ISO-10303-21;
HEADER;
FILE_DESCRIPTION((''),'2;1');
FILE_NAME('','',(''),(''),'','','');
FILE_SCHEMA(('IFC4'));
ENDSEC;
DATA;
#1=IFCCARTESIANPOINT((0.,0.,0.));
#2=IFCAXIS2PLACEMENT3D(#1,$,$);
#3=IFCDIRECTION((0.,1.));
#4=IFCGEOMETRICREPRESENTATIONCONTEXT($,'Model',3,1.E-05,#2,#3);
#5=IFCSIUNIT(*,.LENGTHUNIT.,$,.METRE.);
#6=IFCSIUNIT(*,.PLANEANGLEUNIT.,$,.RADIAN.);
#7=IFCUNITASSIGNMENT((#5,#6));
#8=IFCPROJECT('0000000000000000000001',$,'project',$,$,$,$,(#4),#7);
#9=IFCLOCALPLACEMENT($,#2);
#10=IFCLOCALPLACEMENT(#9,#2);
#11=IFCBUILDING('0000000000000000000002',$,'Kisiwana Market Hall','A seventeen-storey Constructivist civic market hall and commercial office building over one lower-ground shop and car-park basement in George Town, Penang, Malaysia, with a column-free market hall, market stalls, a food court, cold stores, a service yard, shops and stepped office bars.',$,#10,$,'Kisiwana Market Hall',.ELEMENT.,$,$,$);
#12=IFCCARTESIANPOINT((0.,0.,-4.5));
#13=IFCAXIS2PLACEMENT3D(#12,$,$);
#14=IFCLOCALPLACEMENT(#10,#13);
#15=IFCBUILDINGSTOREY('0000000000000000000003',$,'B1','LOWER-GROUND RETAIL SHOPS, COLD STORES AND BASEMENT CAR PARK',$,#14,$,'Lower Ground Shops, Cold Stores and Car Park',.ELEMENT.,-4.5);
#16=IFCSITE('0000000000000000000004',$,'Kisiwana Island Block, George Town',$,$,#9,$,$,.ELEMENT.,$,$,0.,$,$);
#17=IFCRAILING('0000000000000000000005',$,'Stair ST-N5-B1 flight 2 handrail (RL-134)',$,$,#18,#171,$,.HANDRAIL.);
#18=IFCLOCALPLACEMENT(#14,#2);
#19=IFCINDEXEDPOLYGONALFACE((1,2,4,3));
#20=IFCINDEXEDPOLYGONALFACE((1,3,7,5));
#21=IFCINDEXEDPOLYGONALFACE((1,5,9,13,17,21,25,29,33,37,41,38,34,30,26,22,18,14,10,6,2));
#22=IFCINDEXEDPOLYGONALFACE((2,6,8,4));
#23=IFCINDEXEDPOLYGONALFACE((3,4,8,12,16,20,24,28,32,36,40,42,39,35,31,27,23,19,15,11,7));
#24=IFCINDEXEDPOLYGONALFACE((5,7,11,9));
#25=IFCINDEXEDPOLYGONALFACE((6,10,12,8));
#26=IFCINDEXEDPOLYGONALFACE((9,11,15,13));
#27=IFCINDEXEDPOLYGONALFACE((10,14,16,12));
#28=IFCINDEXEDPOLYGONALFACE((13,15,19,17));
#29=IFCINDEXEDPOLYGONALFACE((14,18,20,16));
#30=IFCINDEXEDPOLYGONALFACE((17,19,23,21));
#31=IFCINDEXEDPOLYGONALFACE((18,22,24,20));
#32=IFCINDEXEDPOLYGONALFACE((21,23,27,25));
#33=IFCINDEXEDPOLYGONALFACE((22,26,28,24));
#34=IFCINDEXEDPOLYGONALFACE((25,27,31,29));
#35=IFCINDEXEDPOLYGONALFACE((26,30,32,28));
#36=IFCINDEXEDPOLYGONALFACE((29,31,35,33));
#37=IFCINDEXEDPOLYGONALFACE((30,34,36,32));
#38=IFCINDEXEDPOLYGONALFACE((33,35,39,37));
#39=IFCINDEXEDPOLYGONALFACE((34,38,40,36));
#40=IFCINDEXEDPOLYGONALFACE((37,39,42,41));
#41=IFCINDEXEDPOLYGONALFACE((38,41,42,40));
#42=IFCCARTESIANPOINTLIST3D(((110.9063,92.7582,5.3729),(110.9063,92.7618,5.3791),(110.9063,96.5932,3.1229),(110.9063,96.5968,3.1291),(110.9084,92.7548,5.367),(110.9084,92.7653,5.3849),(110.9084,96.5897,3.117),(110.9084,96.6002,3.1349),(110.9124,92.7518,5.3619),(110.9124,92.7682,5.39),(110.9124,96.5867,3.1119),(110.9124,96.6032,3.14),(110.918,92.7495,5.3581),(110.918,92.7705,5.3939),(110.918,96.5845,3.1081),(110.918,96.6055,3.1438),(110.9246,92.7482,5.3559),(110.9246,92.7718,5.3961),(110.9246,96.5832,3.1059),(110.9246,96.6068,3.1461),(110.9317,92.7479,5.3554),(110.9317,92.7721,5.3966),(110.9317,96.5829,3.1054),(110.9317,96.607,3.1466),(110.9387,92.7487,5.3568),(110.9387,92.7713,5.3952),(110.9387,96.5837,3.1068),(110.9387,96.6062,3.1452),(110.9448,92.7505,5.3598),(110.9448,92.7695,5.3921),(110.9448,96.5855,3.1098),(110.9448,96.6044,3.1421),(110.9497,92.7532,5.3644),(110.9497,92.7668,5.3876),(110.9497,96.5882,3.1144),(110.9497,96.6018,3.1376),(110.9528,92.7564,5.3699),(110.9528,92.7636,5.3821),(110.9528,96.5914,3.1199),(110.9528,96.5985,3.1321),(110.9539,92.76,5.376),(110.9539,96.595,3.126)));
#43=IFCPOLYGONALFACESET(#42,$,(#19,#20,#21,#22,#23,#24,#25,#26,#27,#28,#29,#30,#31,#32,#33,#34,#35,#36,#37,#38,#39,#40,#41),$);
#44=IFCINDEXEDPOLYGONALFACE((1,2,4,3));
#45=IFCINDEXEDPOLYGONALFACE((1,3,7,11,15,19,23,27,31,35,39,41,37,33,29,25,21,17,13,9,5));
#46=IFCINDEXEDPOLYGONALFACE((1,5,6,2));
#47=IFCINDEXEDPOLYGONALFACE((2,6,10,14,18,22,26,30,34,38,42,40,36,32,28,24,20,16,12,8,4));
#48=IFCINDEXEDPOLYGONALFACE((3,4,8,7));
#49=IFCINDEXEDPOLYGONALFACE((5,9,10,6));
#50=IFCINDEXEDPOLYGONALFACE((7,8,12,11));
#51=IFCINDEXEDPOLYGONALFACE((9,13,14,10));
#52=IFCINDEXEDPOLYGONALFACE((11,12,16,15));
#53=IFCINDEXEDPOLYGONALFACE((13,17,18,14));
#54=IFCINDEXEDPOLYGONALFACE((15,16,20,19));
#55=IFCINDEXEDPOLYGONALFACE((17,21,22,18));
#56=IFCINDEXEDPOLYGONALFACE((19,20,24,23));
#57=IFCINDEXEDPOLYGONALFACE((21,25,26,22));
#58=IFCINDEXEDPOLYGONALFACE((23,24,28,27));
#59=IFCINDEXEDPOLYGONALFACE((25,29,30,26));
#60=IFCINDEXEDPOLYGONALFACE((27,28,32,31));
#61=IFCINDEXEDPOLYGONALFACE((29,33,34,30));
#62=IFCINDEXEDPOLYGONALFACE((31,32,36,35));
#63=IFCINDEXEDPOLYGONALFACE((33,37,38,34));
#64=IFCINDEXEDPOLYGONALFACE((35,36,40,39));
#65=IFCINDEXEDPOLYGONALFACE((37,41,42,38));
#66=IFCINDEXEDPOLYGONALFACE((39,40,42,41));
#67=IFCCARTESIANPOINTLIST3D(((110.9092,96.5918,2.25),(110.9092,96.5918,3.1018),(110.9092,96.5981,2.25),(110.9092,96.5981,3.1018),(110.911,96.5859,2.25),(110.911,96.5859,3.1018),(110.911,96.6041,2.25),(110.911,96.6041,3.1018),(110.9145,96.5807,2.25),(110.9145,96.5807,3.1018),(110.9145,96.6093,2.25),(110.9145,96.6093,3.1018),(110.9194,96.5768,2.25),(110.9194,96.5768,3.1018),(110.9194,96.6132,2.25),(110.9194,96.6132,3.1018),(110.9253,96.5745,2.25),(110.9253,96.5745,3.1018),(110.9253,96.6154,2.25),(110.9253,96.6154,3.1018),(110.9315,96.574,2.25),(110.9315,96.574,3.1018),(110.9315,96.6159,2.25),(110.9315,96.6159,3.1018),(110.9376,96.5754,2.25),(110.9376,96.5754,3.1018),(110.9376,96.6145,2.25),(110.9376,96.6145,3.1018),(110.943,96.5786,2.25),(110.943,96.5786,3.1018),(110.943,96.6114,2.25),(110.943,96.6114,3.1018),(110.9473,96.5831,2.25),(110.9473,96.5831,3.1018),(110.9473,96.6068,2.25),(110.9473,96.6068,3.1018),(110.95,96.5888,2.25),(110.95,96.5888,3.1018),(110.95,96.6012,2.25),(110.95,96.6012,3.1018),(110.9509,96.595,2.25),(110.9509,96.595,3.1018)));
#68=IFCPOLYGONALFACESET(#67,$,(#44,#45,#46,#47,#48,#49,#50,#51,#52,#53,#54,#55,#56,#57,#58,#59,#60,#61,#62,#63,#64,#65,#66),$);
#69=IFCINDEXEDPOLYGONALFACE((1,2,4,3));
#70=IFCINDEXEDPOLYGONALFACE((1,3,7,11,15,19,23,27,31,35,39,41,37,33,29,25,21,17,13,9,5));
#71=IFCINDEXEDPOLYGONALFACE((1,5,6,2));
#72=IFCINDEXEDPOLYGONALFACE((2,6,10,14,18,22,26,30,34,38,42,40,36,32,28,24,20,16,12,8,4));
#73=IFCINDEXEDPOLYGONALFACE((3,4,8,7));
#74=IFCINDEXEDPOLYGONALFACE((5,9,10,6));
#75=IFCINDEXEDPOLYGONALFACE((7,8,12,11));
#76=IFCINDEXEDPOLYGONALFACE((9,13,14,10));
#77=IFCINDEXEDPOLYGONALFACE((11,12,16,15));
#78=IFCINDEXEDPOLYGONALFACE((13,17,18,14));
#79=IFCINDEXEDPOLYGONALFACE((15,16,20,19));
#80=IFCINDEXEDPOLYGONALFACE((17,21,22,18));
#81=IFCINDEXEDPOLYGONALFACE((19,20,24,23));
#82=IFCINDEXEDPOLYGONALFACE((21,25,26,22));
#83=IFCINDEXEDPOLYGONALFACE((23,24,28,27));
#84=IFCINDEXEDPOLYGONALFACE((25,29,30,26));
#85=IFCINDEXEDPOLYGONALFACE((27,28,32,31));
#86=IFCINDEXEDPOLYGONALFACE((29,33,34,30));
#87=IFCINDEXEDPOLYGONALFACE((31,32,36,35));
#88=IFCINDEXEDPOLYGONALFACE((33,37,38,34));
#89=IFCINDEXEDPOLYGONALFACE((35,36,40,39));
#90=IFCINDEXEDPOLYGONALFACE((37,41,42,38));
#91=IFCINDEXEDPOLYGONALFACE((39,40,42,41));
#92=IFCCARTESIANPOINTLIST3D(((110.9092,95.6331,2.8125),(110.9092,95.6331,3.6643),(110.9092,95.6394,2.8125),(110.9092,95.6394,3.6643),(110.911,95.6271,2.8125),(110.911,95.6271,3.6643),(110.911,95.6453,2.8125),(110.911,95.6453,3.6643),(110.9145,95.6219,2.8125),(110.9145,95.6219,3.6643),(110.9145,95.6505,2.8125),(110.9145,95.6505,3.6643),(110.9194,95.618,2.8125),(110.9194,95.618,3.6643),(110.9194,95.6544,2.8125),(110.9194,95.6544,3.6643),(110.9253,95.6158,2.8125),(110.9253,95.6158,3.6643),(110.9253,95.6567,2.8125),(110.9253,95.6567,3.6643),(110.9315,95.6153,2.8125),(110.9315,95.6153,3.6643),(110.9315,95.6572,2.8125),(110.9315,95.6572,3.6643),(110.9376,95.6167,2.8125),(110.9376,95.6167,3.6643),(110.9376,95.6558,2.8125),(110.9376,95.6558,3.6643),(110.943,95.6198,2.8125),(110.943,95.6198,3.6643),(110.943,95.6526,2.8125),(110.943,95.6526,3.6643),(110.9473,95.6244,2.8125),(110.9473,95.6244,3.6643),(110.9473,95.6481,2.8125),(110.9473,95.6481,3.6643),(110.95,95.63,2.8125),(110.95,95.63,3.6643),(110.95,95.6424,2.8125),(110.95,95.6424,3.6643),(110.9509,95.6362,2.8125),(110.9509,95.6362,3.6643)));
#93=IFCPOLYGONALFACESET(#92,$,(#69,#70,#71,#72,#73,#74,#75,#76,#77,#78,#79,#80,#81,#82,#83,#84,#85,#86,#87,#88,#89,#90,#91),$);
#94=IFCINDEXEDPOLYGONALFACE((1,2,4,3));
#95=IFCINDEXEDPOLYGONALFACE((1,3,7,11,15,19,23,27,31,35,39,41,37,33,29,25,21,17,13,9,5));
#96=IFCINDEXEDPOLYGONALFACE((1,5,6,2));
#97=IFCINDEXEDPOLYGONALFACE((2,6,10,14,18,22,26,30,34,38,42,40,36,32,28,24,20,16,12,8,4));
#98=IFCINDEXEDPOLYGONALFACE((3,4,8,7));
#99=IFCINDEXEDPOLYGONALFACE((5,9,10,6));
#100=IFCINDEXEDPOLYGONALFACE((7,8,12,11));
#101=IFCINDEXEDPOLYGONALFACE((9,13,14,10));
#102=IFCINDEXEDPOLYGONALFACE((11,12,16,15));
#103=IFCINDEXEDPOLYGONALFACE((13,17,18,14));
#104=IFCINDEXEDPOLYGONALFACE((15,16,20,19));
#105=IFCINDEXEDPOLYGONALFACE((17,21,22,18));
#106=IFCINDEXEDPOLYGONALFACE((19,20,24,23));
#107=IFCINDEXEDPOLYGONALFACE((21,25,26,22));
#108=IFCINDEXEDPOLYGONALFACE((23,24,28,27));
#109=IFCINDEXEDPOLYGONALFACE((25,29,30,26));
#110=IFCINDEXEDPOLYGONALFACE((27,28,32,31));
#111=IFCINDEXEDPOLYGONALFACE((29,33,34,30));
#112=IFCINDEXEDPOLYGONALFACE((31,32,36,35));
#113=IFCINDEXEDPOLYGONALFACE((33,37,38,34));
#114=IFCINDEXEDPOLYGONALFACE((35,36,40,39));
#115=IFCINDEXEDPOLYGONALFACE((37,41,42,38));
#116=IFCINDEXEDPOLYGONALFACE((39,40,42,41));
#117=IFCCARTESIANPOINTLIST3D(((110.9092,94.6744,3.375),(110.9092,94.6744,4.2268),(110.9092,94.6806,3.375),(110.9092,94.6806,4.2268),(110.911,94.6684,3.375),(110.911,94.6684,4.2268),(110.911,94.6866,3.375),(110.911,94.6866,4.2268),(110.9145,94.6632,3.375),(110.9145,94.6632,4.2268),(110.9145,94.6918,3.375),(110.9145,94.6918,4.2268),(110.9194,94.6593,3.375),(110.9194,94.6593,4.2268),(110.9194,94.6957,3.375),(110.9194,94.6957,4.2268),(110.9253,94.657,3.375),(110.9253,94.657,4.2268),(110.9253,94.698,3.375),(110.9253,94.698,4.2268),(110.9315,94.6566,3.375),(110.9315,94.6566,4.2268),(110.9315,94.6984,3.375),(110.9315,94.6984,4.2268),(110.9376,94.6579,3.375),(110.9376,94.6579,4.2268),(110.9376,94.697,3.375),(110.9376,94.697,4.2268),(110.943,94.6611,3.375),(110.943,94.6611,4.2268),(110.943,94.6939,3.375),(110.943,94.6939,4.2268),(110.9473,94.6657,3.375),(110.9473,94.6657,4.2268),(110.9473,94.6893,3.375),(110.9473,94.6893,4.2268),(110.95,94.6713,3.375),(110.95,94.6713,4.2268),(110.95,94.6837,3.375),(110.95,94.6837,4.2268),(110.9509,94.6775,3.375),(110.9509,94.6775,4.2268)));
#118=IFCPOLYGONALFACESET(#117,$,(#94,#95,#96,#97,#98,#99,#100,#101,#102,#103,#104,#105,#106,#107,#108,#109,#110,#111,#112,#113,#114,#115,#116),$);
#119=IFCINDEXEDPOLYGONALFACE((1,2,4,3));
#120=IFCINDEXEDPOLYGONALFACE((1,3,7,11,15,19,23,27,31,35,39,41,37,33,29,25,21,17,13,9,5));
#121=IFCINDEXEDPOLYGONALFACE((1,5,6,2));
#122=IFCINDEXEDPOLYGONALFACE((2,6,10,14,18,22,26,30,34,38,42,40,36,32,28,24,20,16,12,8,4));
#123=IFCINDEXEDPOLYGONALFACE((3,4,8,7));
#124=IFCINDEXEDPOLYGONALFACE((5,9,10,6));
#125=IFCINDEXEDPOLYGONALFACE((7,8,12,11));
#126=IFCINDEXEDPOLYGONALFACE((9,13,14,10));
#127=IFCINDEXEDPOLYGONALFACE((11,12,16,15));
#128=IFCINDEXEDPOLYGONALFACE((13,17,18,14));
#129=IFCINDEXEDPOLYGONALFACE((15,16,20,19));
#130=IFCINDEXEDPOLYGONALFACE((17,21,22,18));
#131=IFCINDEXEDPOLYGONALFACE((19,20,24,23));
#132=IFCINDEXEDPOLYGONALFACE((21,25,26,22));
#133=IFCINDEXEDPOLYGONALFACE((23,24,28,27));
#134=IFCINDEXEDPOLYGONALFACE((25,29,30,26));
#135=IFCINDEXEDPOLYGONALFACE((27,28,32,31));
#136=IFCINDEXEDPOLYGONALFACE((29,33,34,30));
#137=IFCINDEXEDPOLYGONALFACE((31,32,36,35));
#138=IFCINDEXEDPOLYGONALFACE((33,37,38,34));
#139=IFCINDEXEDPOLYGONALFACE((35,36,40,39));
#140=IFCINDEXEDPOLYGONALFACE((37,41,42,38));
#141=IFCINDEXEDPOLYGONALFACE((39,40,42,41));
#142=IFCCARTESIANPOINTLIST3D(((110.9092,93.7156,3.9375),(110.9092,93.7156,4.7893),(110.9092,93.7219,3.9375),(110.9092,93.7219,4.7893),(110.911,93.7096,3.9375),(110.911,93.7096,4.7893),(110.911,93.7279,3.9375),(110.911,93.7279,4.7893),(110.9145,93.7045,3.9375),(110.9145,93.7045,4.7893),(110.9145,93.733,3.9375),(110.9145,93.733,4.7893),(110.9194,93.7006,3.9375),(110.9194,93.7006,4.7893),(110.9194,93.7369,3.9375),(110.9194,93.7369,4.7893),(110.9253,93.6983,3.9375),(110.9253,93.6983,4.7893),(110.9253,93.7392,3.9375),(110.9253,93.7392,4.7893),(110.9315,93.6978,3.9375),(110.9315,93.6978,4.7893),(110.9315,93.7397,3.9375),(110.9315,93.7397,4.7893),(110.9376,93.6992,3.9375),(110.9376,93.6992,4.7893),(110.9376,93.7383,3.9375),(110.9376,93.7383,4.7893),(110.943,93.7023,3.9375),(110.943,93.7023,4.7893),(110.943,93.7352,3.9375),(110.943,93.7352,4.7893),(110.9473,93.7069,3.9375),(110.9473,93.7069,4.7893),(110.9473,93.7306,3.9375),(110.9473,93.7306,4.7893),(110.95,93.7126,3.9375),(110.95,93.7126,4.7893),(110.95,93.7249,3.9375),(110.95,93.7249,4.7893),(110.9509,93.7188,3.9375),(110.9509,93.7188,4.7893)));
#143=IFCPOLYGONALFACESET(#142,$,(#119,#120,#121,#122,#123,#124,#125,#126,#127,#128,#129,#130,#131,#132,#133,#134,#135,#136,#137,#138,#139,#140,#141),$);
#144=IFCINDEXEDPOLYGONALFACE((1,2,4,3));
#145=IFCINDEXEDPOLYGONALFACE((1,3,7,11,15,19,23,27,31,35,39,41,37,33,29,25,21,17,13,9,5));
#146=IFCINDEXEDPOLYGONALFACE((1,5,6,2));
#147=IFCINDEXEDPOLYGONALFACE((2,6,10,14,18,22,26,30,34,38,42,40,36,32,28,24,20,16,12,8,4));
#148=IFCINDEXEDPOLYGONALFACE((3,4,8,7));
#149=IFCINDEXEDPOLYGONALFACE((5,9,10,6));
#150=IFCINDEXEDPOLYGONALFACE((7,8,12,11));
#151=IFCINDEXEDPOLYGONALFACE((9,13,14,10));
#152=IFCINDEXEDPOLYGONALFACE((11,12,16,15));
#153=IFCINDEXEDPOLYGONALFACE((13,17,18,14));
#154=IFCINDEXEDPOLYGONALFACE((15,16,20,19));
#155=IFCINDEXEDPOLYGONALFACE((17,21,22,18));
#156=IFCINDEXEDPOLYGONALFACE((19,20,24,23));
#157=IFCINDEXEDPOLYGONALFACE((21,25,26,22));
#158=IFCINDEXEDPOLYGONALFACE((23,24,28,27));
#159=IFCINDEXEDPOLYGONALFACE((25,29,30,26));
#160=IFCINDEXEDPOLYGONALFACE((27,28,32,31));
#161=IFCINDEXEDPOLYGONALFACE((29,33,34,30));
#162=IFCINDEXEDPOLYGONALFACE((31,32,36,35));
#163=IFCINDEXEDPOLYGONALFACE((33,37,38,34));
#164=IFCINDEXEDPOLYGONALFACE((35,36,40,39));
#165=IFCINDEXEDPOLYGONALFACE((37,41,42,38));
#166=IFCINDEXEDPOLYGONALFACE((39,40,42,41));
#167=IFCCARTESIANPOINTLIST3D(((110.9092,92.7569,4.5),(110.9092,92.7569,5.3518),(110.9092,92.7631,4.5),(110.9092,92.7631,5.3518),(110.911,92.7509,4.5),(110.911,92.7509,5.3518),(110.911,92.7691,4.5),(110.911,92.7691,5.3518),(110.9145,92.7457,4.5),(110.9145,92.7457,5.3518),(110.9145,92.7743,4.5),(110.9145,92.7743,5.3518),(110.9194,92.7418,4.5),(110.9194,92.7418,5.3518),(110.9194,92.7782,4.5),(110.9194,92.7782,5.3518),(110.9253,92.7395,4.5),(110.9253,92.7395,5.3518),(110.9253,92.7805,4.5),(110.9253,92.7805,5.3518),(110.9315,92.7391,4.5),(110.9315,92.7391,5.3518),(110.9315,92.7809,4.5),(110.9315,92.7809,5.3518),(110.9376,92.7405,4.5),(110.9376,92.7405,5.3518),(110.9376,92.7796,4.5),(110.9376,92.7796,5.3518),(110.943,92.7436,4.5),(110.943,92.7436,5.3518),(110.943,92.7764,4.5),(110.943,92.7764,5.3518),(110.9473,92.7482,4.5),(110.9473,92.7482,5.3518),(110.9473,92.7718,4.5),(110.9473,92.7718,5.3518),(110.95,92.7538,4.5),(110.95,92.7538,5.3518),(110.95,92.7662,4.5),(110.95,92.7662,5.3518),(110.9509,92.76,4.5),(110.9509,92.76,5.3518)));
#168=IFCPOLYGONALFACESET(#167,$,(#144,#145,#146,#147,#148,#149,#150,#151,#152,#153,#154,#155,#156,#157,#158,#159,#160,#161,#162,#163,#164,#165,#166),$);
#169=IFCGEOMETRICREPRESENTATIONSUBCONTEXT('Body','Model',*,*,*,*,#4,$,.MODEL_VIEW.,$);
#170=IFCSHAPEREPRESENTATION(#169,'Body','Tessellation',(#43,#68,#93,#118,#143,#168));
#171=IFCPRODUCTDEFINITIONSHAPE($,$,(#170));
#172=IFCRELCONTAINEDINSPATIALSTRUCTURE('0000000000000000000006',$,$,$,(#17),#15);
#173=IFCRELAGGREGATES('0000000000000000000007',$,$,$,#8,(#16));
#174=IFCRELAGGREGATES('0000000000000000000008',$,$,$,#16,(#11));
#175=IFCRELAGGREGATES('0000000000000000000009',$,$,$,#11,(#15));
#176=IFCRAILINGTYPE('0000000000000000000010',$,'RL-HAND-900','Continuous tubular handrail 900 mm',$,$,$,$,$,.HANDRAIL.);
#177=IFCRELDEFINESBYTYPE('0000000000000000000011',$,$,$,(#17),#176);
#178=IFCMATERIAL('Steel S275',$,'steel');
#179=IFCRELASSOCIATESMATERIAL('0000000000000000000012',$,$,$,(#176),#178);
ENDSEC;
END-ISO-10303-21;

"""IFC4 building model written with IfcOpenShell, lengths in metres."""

from ifc_helpers import new_model, si_unit, direction, frame, origin, origin_2d, place, context, subcontext, project, spatial, circle, extrude, material, type_object, element, save


model = new_model("IFC4")

# Units and contexts
model_context = context("Model", 3, precision=1e-05, world=origin(), true_north=direction((0.0, 1.0)))
body_context = subcontext(model_context, "Body", "Model", "MODEL_VIEW")
ifc_project = project(units=[si_unit("LENGTHUNIT", "METRE"), si_unit("PLANEANGLEUNIT", "RADIAN")], contexts=[model_context])

# Site, building, storey
site_placement = place(None, origin())
site = spatial("IfcSite", under=ifc_project, at=site_placement, Name="Kisiwana Island Block, George Town", CompositionType="ELEMENT", RefElevation=0.0)
building_placement = place(site_placement, origin())
building = spatial("IfcBuilding", under=site, at=building_placement, Name="Kisiwana Market Hall", Description="A seventeen-storey Constructivist civic market hall and commercial office building over one lower-ground shop and car-park basement in George Town, Penang, Malaysia, with a column-free market hall, market stalls, a food court, cold stores, a service yard, shops and stepped office bars.", LongName="Kisiwana Market Hall", CompositionType="ELEMENT")
storey_placement = place(building_placement, frame((0.0, 0.0, -4.5)))
storey = spatial("IfcBuildingStorey", under=building, at=storey_placement, Name="B1", Description="LOWER-GROUND RETAIL SHOPS, COLD STORES AND BASEMENT CAR PARK", LongName="Lower Ground Shops, Cold Stores and Car Park", CompositionType="ELEMENT", Elevation=-4.5)

# Railing
ifc_material_1 = material(Name="Steel S275", Category="steel")
railing_type_1 = type_object("IfcRailingType", Name="RL-HAND-900", Description="Continuous tubular handrail 900 mm", PredefinedType="HANDRAIL", material=ifc_material_1)
for number, where, name in (
    (1, (110.9299, 96.595, 2.25), "Stair ST-N5-B1 flight 2 handrail (RL-134)"),
):
    element("IfcRailing", number, at=place(storey_placement, frame(where)), inside=storey, type_object=railing_type_1, Name=name, PredefinedType="HANDRAIL", context=body_context, shape_type="SweptSolid", body=[
        extrude(circle(Radius=0.0239, at=origin_2d()), frame((0.0, 0.0, 0.876), z_axis=(0.0, -0.86251, 0.506041), x_axis=(1.0, 0.0, 0.0)), (0.0, 0.0, 1.0), 4.4463),
        extrude(circle(Radius=0.021, at=origin_2d()), origin(), (0.0, 0.0, 1.0), 0.8518),
        extrude(circle(Radius=0.021, at=origin_2d()), frame((0.0, -0.9587, 0.5625)), (0.0, 0.0, 1.0), 0.8518),
        extrude(circle(Radius=0.021, at=origin_2d()), frame((0.0, -1.9175, 1.125)), (0.0, 0.0, 1.0), 0.8518),
        extrude(circle(Radius=0.021, at=origin_2d()), frame((0.0, -2.8762, 1.6875)), (0.0, 0.0, 1.0), 0.8518),
        extrude(circle(Radius=0.021, at=origin_2d()), frame((0.0, -3.835, 2.25)), (0.0, 0.0, 1.0), 0.8518),
    ])

save(model, "model.ifc")
